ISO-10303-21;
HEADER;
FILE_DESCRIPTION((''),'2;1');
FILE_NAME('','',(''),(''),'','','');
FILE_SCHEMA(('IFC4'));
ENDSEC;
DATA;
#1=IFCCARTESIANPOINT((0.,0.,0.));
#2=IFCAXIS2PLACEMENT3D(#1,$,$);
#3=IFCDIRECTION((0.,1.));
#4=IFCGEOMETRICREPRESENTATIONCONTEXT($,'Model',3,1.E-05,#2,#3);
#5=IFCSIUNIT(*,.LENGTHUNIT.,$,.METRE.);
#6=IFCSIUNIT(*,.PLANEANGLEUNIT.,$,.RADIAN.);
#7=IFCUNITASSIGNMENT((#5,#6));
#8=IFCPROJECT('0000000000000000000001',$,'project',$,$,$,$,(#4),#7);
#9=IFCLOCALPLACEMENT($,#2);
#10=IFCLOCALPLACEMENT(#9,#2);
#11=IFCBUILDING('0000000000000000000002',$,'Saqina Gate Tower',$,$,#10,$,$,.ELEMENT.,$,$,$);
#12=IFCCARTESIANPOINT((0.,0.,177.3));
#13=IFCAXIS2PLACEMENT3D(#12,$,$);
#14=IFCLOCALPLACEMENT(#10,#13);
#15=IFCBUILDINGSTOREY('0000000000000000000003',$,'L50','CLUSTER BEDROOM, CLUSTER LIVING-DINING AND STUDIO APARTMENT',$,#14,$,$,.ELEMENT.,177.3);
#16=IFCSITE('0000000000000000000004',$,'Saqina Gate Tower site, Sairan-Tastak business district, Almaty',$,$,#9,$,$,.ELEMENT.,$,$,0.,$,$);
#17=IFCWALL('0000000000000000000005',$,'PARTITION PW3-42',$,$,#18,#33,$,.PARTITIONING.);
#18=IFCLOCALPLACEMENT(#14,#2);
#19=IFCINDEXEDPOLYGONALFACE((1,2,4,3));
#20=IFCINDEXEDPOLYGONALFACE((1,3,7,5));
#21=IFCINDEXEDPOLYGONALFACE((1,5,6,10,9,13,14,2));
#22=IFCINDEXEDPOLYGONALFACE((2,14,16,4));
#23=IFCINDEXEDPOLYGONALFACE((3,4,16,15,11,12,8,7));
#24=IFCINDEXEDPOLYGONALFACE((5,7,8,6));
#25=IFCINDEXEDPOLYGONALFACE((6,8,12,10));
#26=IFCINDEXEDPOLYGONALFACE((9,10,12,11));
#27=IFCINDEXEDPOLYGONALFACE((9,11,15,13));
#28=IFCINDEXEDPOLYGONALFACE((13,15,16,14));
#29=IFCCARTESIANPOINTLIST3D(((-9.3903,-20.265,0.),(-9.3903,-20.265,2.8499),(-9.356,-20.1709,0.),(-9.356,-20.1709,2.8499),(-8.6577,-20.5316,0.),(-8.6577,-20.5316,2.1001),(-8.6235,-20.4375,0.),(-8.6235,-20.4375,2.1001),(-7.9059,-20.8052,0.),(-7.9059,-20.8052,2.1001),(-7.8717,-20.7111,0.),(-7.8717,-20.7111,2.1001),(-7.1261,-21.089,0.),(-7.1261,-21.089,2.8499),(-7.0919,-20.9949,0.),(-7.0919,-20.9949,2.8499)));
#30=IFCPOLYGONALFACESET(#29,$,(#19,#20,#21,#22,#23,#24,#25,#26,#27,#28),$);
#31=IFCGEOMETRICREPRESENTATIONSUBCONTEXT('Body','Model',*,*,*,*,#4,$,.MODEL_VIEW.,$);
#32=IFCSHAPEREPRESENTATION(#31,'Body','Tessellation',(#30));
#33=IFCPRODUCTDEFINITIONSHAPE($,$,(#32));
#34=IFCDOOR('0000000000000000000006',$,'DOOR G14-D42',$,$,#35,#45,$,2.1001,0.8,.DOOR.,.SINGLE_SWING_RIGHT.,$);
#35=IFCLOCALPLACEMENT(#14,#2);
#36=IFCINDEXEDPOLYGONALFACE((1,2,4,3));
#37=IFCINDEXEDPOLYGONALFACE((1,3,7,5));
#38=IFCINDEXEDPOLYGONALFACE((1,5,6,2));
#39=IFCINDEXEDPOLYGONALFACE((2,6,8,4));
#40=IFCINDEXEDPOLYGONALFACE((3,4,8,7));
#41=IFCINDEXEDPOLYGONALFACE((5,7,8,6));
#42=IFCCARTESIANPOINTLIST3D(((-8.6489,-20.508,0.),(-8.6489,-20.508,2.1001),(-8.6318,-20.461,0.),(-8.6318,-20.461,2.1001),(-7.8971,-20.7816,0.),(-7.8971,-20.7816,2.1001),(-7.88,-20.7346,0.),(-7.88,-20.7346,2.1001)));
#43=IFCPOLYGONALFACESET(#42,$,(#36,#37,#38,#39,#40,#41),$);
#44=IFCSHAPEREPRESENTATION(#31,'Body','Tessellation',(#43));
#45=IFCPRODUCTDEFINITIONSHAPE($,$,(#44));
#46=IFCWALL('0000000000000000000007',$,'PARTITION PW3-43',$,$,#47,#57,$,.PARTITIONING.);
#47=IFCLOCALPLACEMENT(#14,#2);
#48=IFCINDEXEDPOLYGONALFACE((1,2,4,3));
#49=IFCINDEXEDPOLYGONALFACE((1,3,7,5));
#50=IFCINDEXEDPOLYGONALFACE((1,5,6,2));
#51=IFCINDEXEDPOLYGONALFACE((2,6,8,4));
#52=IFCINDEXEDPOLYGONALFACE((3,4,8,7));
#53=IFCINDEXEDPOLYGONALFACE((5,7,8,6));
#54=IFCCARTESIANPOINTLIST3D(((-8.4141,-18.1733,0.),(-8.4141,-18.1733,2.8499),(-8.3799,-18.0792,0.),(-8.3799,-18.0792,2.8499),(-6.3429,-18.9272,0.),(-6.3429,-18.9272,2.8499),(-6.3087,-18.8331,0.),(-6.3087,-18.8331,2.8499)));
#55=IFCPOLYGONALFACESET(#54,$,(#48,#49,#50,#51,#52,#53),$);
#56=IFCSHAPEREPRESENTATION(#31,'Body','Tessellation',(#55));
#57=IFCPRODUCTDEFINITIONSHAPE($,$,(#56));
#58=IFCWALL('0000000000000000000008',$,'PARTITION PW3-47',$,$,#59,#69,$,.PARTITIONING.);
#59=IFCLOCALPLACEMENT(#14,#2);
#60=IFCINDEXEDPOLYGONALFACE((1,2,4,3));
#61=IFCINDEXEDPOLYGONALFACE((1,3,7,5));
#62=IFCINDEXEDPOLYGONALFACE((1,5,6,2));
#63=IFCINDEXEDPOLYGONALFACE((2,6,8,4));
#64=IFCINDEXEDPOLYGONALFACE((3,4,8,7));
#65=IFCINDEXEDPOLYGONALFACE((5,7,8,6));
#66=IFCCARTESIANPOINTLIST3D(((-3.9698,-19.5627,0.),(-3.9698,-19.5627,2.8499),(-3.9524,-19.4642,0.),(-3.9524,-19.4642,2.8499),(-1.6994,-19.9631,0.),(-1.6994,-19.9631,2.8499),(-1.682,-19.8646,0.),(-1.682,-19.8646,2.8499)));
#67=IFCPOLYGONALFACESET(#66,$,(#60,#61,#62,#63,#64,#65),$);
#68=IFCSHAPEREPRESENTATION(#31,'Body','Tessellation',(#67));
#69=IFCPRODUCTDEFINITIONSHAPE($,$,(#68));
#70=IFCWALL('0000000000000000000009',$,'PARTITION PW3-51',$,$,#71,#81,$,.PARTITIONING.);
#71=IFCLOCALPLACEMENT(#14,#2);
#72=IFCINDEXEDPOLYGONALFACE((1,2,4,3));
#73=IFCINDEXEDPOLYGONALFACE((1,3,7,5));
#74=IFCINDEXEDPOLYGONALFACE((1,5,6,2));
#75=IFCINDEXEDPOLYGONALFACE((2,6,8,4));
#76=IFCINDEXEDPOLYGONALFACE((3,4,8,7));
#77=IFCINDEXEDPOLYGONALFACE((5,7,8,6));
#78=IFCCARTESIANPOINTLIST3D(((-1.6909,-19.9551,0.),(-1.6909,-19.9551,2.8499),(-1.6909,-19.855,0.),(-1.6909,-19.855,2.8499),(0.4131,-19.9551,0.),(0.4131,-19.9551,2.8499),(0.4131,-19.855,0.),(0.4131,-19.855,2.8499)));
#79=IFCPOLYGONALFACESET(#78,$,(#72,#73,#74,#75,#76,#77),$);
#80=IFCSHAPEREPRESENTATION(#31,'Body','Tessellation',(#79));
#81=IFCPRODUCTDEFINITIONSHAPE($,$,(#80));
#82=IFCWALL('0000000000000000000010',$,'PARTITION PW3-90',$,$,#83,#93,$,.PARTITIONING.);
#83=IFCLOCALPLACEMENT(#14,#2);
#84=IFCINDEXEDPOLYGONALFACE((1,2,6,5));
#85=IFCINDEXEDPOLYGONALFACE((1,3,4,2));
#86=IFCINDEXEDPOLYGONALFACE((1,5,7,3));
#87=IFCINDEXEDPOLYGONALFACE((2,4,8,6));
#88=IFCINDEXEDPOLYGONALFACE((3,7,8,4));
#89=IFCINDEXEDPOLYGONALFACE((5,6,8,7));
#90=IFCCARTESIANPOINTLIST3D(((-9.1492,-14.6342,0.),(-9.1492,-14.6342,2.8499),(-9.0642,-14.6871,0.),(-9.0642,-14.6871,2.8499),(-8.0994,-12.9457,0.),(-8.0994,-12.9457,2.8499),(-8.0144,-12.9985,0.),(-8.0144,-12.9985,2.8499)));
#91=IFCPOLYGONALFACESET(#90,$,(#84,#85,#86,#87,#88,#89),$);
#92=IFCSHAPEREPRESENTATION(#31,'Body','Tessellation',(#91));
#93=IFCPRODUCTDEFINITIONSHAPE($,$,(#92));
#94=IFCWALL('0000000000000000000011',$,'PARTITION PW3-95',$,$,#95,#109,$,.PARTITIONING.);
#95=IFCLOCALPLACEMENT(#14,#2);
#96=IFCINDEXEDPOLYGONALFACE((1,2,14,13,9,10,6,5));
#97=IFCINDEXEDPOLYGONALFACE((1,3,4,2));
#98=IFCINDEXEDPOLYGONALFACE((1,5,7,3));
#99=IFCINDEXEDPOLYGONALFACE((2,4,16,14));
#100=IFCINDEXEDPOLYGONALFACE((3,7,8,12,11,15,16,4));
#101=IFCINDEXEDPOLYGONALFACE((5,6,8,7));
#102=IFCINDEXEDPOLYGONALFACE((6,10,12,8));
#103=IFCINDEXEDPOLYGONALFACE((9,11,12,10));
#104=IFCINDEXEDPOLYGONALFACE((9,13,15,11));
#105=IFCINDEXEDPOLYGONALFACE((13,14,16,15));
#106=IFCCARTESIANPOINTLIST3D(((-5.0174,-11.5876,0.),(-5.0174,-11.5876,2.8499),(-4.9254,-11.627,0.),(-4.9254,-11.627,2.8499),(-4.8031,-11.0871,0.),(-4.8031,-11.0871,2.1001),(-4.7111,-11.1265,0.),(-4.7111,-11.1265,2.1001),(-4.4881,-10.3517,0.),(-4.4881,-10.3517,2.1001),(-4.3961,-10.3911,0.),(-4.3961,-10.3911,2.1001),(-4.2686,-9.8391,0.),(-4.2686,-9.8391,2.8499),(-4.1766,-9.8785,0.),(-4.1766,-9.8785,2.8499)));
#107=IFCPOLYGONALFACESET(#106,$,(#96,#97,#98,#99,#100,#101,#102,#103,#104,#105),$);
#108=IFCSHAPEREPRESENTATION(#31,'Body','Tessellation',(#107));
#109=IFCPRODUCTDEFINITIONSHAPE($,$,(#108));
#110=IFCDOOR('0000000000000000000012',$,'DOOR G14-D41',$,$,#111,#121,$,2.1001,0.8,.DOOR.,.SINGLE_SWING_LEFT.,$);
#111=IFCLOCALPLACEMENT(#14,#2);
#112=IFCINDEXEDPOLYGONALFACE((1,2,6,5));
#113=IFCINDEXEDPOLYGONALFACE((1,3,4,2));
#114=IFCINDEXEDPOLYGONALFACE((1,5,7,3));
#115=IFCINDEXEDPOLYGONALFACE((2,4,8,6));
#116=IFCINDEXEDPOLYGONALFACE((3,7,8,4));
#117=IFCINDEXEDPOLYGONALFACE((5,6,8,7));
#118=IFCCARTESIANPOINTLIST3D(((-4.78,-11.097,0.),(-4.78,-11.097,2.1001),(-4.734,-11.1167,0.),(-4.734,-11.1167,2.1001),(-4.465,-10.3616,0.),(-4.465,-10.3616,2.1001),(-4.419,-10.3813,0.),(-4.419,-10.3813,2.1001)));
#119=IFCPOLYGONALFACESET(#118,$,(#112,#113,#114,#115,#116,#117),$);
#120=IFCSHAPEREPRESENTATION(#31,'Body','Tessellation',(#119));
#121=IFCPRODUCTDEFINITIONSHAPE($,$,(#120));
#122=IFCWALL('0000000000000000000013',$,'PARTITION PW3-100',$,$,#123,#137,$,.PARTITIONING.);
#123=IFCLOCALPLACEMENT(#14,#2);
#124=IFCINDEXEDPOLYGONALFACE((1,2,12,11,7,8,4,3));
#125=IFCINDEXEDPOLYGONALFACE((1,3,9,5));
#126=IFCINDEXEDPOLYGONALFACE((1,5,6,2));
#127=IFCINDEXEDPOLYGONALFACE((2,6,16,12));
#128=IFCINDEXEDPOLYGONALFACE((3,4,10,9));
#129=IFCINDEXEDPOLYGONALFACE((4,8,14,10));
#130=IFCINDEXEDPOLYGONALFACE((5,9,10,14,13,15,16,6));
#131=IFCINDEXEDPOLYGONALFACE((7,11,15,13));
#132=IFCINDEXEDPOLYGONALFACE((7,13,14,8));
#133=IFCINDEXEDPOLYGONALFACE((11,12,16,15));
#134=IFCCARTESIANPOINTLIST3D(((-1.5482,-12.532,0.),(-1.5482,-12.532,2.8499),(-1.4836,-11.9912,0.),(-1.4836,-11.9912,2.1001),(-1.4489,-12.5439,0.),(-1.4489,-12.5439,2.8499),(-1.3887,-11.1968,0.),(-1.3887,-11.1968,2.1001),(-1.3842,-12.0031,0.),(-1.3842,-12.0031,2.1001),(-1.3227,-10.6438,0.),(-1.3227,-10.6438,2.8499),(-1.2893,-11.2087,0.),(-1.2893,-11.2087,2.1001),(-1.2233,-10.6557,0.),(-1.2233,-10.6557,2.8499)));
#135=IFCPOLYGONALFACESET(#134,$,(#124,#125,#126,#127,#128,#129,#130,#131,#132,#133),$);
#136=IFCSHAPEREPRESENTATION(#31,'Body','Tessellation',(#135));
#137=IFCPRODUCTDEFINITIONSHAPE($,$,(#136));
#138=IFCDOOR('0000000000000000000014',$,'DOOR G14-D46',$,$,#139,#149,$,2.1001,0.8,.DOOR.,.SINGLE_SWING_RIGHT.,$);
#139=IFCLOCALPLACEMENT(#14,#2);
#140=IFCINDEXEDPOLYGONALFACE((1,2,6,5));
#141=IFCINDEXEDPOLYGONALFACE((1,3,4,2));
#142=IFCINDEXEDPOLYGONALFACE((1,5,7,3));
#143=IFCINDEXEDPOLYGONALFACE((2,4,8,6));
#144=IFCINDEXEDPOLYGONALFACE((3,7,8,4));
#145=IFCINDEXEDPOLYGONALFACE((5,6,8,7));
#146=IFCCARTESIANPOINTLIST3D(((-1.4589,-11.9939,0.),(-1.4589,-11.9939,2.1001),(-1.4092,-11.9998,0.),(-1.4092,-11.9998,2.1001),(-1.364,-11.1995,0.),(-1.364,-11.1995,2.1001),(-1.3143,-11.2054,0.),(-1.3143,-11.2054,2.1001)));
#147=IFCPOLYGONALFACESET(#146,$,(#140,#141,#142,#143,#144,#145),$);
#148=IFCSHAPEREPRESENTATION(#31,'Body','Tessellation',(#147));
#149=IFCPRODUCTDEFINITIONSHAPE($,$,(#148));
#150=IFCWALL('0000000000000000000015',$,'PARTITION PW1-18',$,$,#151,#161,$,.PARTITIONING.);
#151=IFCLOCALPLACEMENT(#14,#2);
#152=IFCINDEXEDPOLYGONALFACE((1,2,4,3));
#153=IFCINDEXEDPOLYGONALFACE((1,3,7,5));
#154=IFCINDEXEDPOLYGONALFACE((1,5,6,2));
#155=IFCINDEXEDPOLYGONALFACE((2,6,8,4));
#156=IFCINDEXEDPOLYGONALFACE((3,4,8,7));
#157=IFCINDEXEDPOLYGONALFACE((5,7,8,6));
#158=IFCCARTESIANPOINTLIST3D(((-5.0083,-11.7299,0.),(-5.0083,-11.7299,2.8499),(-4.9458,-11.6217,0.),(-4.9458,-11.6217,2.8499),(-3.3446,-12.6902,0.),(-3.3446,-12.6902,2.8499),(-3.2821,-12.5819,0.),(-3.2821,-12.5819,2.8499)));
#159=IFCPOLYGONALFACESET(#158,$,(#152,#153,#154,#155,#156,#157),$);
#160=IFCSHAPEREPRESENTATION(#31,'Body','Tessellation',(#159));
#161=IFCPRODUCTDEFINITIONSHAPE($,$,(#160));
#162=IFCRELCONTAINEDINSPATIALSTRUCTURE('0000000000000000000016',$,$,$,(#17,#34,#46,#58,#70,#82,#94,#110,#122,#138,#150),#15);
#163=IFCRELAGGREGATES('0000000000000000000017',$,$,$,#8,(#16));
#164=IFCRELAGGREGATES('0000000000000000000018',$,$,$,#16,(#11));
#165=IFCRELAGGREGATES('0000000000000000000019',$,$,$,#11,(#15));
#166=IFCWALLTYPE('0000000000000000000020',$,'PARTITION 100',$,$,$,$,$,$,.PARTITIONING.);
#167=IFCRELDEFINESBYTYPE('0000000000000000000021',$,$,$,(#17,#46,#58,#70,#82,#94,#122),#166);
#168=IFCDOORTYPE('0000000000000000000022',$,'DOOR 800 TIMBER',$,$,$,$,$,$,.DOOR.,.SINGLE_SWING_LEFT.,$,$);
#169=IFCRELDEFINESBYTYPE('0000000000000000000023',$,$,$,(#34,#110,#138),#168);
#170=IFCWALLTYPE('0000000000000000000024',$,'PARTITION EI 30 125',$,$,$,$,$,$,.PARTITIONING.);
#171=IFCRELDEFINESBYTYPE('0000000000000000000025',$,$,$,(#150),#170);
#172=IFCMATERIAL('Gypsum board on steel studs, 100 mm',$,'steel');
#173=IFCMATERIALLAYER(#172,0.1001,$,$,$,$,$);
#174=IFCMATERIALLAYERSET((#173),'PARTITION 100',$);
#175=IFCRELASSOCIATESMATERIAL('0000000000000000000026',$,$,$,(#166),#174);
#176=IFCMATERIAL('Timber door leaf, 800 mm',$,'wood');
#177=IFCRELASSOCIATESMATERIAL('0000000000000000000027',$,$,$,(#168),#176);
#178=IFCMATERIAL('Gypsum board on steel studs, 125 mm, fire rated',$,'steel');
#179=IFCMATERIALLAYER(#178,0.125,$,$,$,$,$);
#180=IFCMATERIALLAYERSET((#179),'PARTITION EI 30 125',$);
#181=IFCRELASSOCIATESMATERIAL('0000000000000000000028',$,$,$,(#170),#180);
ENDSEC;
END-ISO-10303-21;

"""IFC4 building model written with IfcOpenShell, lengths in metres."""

from ifc_helpers import new_model, si_unit, direction, frame, frame_2d, origin, place, context, subcontext, project, spatial, rectangle, extrude, material, layer, layer_set, type_object, element, fill, save


model = new_model("IFC4")

# Units and contexts
model_context = context("Model", 3, precision=1e-05, world=origin(), true_north=direction((0.0, 1.0)))
body_context = subcontext(model_context, "Body", "Model", "MODEL_VIEW")
ifc_project = project(units=[si_unit("LENGTHUNIT", "METRE"), si_unit("PLANEANGLEUNIT", "RADIAN")], contexts=[model_context])

# Site, building, storey
site_placement = place(None, origin())
site = spatial("IfcSite", under=ifc_project, at=site_placement, Name="Saqina Gate Tower site, Sairan-Tastak business district, Almaty", CompositionType="ELEMENT", RefElevation=0.0)
building_placement = place(site_placement, origin())
building = spatial("IfcBuilding", under=site, at=building_placement, Name="Saqina Gate Tower", CompositionType="ELEMENT")
storey_placement = place(building_placement, frame((0.0, 0.0, 177.3)))
storey = spatial("IfcBuildingStorey", under=building, at=storey_placement, Name="L50", Description="CLUSTER BEDROOM, CLUSTER LIVING-DINING AND STUDIO APARTMENT", CompositionType="ELEMENT", Elevation=177.3)

# Wall, opening, door
ifc_material_1 = material(Name="Gypsum board on steel studs, 100 mm", Category="steel")
ifc_layer_1 = layer(ifc_material_1, 0.1001)
ifc_layer_set_1 = layer_set([ifc_layer_1], Name="PARTITION 100")
wall_type_1 = type_object("IfcWallType", Name="PARTITION 100", PredefinedType="PARTITIONING", material=ifc_layer_set_1)
wall_1_placement = place(storey_placement, frame((-9.373, -20.218, 0.0), z_axis=(0.0, 0.0, 1.0), x_axis=(0.939708, -0.341979, 0.0)))
wall_1 = element("IfcWall", 1, at=wall_1_placement, inside=storey, type_object=wall_type_1, Name="PARTITION PW3-42", PredefinedType="PARTITIONING", context=body_context, shape_type="SweptSolid", body=[
    extrude(rectangle(XDim=2.4094, YDim=0.1001, at=frame_2d((1.2046, 0.0))), origin(), (0.0, 0.0, 1.0), 2.8499),
])
opening_1_placement = place(wall_1_placement, frame((0.7795, 0.0, 0.0)))
opening_1 = element("IfcOpeningElement", 2, at=opening_1_placement, cuts=wall_1, PredefinedType="OPENING", context=body_context, shape_type="SweptSolid", body=[
    extrude(rectangle(XDim=0.8, YDim=2.1001, at=frame_2d((0.3999, 1.05))), frame((0.0, 0.062, 0.0), z_axis=(0.0, -1.0, 0.0), x_axis=(1.0, 0.0, 0.0)), (0.0, 0.0, 1.0), 0.124),
])
ifc_material_2 = material(Name="Timber door leaf, 800 mm", Category="wood")
door_type_1 = type_object("IfcDoorType", Name="DOOR 800 TIMBER", OperationType="SINGLE_SWING_LEFT", PredefinedType="DOOR", material=ifc_material_2)
door_1_placement = place(opening_1_placement, frame((0.8, 0.0, 0.0), z_axis=(0.0, 0.0, 1.0), x_axis=(-1.0, 0.0, 0.0)))
door_1 = element("IfcDoor", 3, at=door_1_placement, inside=storey, type_object=door_type_1, Name="DOOR G14-D42", OperationType="SINGLE_SWING_RIGHT", OverallHeight=2.1001, OverallWidth=0.8, PredefinedType="DOOR", context=body_context, shape_type="SweptSolid", body=[
    extrude(rectangle(XDim=0.8, YDim=2.1001, at=frame_2d((0.3999, 1.05))), frame((0.0, 0.0249, 0.0), z_axis=(0.0, -1.0, 0.0), x_axis=(1.0, 0.0, 0.0)), (0.0, 0.0, 1.0), 0.05),
])
fill(opening_1, door_1)

# Walls
wall_2_placement = place(storey_placement, frame((-8.397, -18.1262, 0.0), z_axis=(0.0, 0.0, 1.0), x_axis=(0.939677, -0.342063, 0.0)))
element("IfcWall", 4, at=wall_2_placement, inside=storey, type_object=wall_type_1, Name="PARTITION PW3-43", PredefinedType="PARTITIONING", context=body_context, shape_type="SweptSolid", body=[
    extrude(rectangle(XDim=2.2041, YDim=0.1001, at=frame_2d((1.1021, 0.0))), origin(), (0.0, 0.0, 1.0), 2.8499),
])
wall_3_placement = place(storey_placement, frame((-3.9612, -19.5134, 0.0), z_axis=(0.0, 0.0, 1.0), x_axis=(0.984802, -0.173683, 0.0)))
element("IfcWall", 5, at=wall_3_placement, inside=storey, type_object=wall_type_1, Name="PARTITION PW3-47", PredefinedType="PARTITIONING", context=body_context, shape_type="SweptSolid", body=[
    extrude(rectangle(XDim=2.3054, YDim=0.1001, at=frame_2d((1.1528, 0.0))), origin(), (0.0, 0.0, 1.0), 2.8499),
])
wall_4_placement = place(storey_placement, frame((-1.6909, -19.905, 0.0), z_axis=(0.0, 0.0, 1.0), x_axis=(1.0, 0.0, 0.0)))
element("IfcWall", 6, at=wall_4_placement, inside=storey, type_object=wall_type_1, Name="PARTITION PW3-51", PredefinedType="PARTITIONING", context=body_context, shape_type="SweptSolid", body=[
    extrude(rectangle(XDim=2.104, YDim=0.1001, at=frame_2d((1.052, 0.0))), origin(), (0.0, 0.0, 1.0), 2.8499),
])
wall_5_placement = place(storey_placement, frame((-9.1067, -14.6606, 0.0), z_axis=(0.0, 0.0, 1.0), x_axis=(0.528011, 0.849238, 0.0)))
element("IfcWall", 7, at=wall_5_placement, inside=storey, type_object=wall_type_1, Name="PARTITION PW3-90", PredefinedType="PARTITIONING", context=body_context, shape_type="SweptSolid", body=[
    extrude(rectangle(XDim=1.9883, YDim=0.1001, at=frame_2d((0.9941, 0.0))), origin(), (0.0, 0.0, 1.0), 2.8499),
])

# Walls, openings, doors
wall_6_placement = place(storey_placement, frame((-4.9714, -11.6074, 0.0), z_axis=(0.0, 0.0, 1.0), x_axis=(0.393656, 0.919258, 0.0)))
wall_6 = element("IfcWall", 8, at=wall_6_placement, inside=storey, type_object=wall_type_1, Name="PARTITION PW3-95", PredefinedType="PARTITIONING", context=body_context, shape_type="SweptSolid", body=[
    extrude(rectangle(XDim=1.9021, YDim=0.1001, at=frame_2d((0.9512, 0.0))), origin(), (0.0, 0.0, 1.0), 2.8499),
])
opening_2_placement = place(wall_6_placement, frame((0.5447, 0.0, 0.0)))
opening_2 = element("IfcOpeningElement", 9, at=opening_2_placement, cuts=wall_6, PredefinedType="OPENING", context=body_context, shape_type="SweptSolid", body=[
    extrude(rectangle(XDim=0.8, YDim=2.1001, at=frame_2d((0.3999, 1.05))), frame((0.0, 0.062, 0.0), z_axis=(0.0, -1.0, 0.0), x_axis=(1.0, 0.0, 0.0)), (0.0, 0.0, 1.0), 0.124),
])
door_2_placement = place(opening_2_placement, origin())
door_2 = element("IfcDoor", 10, at=door_2_placement, inside=storey, type_object=door_type_1, Name="DOOR G14-D41", OperationType="SINGLE_SWING_LEFT", OverallHeight=2.1001, OverallWidth=0.8, PredefinedType="DOOR", context=body_context, shape_type="SweptSolid", body=[
    extrude(rectangle(XDim=0.8, YDim=2.1001, at=frame_2d((0.3999, 1.05))), frame((0.0, 0.0249, 0.0), z_axis=(0.0, -1.0, 0.0), x_axis=(1.0, 0.0, 0.0)), (0.0, 0.0, 1.0), 0.05),
])
fill(opening_2, door_2)
wall_7_placement = place(storey_placement, frame((-1.4985, -12.5378, 0.0), z_axis=(0.0, 0.0, 1.0), x_axis=(0.118629, 0.992939, 0.0)))
wall_7 = element("IfcWall", 11, at=wall_7_placement, inside=storey, type_object=wall_type_1, Name="PARTITION PW3-100", PredefinedType="PARTITIONING", context=body_context, shape_type="SweptSolid", body=[
    extrude(rectangle(XDim=1.9016, YDim=0.1001, at=frame_2d((0.9507, 0.0))), origin(), (0.0, 0.0, 1.0), 2.8499),
])
opening_3_placement = place(wall_7_placement, frame((0.5447, 0.0, 0.0)))
opening_3 = element("IfcOpeningElement", 12, at=opening_3_placement, cuts=wall_7, PredefinedType="OPENING", context=body_context, shape_type="SweptSolid", body=[
    extrude(rectangle(XDim=0.8, YDim=2.1001, at=frame_2d((0.3999, 1.05))), frame((0.0, 0.062, 0.0), z_axis=(0.0, -1.0, 0.0), x_axis=(1.0, 0.0, 0.0)), (0.0, 0.0, 1.0), 0.124),
])
door_3_placement = place(opening_3_placement, frame((0.8, 0.0, 0.0), z_axis=(0.0, 0.0, 1.0), x_axis=(-1.0, 0.0, 0.0)))
door_3 = element("IfcDoor", 13, at=door_3_placement, inside=storey, type_object=door_type_1, Name="DOOR G14-D46", OperationType="SINGLE_SWING_RIGHT", OverallHeight=2.1001, OverallWidth=0.8, PredefinedType="DOOR", context=body_context, shape_type="SweptSolid", body=[
    extrude(rectangle(XDim=0.8, YDim=2.1001, at=frame_2d((0.3999, 1.05))), frame((0.0, 0.0249, 0.0), z_axis=(0.0, -1.0, 0.0), x_axis=(1.0, 0.0, 0.0)), (0.0, 0.0, 1.0), 0.05),
])
fill(opening_3, door_3)

# Wall
ifc_material_3 = material(Name="Gypsum board on steel studs, 125 mm, fire rated", Category="steel")
ifc_layer_2 = layer(ifc_material_3, 0.125)
ifc_layer_set_2 = layer_set([ifc_layer_2], Name="PARTITION EI 30 125")
wall_type_2 = type_object("IfcWallType", Name="PARTITION EI 30 125", PredefinedType="PARTITIONING", material=ifc_layer_set_2)
wall_8_placement = place(storey_placement, frame((-4.9771, -11.6758, 0.0), z_axis=(0.0, 0.0, 1.0), x_axis=(0.866084, -0.499898, 0.0)))
element("IfcWall", 14, at=wall_8_placement, inside=storey, type_object=wall_type_2, Name="PARTITION PW1-18", PredefinedType="PARTITIONING", context=body_context, shape_type="SweptSolid", body=[
    extrude(rectangle(XDim=1.9209, YDim=0.125, at=frame_2d((0.9604, 0.0))), origin(), (0.0, 0.0, 1.0), 2.8499),
])

save(model, "model.ifc")
